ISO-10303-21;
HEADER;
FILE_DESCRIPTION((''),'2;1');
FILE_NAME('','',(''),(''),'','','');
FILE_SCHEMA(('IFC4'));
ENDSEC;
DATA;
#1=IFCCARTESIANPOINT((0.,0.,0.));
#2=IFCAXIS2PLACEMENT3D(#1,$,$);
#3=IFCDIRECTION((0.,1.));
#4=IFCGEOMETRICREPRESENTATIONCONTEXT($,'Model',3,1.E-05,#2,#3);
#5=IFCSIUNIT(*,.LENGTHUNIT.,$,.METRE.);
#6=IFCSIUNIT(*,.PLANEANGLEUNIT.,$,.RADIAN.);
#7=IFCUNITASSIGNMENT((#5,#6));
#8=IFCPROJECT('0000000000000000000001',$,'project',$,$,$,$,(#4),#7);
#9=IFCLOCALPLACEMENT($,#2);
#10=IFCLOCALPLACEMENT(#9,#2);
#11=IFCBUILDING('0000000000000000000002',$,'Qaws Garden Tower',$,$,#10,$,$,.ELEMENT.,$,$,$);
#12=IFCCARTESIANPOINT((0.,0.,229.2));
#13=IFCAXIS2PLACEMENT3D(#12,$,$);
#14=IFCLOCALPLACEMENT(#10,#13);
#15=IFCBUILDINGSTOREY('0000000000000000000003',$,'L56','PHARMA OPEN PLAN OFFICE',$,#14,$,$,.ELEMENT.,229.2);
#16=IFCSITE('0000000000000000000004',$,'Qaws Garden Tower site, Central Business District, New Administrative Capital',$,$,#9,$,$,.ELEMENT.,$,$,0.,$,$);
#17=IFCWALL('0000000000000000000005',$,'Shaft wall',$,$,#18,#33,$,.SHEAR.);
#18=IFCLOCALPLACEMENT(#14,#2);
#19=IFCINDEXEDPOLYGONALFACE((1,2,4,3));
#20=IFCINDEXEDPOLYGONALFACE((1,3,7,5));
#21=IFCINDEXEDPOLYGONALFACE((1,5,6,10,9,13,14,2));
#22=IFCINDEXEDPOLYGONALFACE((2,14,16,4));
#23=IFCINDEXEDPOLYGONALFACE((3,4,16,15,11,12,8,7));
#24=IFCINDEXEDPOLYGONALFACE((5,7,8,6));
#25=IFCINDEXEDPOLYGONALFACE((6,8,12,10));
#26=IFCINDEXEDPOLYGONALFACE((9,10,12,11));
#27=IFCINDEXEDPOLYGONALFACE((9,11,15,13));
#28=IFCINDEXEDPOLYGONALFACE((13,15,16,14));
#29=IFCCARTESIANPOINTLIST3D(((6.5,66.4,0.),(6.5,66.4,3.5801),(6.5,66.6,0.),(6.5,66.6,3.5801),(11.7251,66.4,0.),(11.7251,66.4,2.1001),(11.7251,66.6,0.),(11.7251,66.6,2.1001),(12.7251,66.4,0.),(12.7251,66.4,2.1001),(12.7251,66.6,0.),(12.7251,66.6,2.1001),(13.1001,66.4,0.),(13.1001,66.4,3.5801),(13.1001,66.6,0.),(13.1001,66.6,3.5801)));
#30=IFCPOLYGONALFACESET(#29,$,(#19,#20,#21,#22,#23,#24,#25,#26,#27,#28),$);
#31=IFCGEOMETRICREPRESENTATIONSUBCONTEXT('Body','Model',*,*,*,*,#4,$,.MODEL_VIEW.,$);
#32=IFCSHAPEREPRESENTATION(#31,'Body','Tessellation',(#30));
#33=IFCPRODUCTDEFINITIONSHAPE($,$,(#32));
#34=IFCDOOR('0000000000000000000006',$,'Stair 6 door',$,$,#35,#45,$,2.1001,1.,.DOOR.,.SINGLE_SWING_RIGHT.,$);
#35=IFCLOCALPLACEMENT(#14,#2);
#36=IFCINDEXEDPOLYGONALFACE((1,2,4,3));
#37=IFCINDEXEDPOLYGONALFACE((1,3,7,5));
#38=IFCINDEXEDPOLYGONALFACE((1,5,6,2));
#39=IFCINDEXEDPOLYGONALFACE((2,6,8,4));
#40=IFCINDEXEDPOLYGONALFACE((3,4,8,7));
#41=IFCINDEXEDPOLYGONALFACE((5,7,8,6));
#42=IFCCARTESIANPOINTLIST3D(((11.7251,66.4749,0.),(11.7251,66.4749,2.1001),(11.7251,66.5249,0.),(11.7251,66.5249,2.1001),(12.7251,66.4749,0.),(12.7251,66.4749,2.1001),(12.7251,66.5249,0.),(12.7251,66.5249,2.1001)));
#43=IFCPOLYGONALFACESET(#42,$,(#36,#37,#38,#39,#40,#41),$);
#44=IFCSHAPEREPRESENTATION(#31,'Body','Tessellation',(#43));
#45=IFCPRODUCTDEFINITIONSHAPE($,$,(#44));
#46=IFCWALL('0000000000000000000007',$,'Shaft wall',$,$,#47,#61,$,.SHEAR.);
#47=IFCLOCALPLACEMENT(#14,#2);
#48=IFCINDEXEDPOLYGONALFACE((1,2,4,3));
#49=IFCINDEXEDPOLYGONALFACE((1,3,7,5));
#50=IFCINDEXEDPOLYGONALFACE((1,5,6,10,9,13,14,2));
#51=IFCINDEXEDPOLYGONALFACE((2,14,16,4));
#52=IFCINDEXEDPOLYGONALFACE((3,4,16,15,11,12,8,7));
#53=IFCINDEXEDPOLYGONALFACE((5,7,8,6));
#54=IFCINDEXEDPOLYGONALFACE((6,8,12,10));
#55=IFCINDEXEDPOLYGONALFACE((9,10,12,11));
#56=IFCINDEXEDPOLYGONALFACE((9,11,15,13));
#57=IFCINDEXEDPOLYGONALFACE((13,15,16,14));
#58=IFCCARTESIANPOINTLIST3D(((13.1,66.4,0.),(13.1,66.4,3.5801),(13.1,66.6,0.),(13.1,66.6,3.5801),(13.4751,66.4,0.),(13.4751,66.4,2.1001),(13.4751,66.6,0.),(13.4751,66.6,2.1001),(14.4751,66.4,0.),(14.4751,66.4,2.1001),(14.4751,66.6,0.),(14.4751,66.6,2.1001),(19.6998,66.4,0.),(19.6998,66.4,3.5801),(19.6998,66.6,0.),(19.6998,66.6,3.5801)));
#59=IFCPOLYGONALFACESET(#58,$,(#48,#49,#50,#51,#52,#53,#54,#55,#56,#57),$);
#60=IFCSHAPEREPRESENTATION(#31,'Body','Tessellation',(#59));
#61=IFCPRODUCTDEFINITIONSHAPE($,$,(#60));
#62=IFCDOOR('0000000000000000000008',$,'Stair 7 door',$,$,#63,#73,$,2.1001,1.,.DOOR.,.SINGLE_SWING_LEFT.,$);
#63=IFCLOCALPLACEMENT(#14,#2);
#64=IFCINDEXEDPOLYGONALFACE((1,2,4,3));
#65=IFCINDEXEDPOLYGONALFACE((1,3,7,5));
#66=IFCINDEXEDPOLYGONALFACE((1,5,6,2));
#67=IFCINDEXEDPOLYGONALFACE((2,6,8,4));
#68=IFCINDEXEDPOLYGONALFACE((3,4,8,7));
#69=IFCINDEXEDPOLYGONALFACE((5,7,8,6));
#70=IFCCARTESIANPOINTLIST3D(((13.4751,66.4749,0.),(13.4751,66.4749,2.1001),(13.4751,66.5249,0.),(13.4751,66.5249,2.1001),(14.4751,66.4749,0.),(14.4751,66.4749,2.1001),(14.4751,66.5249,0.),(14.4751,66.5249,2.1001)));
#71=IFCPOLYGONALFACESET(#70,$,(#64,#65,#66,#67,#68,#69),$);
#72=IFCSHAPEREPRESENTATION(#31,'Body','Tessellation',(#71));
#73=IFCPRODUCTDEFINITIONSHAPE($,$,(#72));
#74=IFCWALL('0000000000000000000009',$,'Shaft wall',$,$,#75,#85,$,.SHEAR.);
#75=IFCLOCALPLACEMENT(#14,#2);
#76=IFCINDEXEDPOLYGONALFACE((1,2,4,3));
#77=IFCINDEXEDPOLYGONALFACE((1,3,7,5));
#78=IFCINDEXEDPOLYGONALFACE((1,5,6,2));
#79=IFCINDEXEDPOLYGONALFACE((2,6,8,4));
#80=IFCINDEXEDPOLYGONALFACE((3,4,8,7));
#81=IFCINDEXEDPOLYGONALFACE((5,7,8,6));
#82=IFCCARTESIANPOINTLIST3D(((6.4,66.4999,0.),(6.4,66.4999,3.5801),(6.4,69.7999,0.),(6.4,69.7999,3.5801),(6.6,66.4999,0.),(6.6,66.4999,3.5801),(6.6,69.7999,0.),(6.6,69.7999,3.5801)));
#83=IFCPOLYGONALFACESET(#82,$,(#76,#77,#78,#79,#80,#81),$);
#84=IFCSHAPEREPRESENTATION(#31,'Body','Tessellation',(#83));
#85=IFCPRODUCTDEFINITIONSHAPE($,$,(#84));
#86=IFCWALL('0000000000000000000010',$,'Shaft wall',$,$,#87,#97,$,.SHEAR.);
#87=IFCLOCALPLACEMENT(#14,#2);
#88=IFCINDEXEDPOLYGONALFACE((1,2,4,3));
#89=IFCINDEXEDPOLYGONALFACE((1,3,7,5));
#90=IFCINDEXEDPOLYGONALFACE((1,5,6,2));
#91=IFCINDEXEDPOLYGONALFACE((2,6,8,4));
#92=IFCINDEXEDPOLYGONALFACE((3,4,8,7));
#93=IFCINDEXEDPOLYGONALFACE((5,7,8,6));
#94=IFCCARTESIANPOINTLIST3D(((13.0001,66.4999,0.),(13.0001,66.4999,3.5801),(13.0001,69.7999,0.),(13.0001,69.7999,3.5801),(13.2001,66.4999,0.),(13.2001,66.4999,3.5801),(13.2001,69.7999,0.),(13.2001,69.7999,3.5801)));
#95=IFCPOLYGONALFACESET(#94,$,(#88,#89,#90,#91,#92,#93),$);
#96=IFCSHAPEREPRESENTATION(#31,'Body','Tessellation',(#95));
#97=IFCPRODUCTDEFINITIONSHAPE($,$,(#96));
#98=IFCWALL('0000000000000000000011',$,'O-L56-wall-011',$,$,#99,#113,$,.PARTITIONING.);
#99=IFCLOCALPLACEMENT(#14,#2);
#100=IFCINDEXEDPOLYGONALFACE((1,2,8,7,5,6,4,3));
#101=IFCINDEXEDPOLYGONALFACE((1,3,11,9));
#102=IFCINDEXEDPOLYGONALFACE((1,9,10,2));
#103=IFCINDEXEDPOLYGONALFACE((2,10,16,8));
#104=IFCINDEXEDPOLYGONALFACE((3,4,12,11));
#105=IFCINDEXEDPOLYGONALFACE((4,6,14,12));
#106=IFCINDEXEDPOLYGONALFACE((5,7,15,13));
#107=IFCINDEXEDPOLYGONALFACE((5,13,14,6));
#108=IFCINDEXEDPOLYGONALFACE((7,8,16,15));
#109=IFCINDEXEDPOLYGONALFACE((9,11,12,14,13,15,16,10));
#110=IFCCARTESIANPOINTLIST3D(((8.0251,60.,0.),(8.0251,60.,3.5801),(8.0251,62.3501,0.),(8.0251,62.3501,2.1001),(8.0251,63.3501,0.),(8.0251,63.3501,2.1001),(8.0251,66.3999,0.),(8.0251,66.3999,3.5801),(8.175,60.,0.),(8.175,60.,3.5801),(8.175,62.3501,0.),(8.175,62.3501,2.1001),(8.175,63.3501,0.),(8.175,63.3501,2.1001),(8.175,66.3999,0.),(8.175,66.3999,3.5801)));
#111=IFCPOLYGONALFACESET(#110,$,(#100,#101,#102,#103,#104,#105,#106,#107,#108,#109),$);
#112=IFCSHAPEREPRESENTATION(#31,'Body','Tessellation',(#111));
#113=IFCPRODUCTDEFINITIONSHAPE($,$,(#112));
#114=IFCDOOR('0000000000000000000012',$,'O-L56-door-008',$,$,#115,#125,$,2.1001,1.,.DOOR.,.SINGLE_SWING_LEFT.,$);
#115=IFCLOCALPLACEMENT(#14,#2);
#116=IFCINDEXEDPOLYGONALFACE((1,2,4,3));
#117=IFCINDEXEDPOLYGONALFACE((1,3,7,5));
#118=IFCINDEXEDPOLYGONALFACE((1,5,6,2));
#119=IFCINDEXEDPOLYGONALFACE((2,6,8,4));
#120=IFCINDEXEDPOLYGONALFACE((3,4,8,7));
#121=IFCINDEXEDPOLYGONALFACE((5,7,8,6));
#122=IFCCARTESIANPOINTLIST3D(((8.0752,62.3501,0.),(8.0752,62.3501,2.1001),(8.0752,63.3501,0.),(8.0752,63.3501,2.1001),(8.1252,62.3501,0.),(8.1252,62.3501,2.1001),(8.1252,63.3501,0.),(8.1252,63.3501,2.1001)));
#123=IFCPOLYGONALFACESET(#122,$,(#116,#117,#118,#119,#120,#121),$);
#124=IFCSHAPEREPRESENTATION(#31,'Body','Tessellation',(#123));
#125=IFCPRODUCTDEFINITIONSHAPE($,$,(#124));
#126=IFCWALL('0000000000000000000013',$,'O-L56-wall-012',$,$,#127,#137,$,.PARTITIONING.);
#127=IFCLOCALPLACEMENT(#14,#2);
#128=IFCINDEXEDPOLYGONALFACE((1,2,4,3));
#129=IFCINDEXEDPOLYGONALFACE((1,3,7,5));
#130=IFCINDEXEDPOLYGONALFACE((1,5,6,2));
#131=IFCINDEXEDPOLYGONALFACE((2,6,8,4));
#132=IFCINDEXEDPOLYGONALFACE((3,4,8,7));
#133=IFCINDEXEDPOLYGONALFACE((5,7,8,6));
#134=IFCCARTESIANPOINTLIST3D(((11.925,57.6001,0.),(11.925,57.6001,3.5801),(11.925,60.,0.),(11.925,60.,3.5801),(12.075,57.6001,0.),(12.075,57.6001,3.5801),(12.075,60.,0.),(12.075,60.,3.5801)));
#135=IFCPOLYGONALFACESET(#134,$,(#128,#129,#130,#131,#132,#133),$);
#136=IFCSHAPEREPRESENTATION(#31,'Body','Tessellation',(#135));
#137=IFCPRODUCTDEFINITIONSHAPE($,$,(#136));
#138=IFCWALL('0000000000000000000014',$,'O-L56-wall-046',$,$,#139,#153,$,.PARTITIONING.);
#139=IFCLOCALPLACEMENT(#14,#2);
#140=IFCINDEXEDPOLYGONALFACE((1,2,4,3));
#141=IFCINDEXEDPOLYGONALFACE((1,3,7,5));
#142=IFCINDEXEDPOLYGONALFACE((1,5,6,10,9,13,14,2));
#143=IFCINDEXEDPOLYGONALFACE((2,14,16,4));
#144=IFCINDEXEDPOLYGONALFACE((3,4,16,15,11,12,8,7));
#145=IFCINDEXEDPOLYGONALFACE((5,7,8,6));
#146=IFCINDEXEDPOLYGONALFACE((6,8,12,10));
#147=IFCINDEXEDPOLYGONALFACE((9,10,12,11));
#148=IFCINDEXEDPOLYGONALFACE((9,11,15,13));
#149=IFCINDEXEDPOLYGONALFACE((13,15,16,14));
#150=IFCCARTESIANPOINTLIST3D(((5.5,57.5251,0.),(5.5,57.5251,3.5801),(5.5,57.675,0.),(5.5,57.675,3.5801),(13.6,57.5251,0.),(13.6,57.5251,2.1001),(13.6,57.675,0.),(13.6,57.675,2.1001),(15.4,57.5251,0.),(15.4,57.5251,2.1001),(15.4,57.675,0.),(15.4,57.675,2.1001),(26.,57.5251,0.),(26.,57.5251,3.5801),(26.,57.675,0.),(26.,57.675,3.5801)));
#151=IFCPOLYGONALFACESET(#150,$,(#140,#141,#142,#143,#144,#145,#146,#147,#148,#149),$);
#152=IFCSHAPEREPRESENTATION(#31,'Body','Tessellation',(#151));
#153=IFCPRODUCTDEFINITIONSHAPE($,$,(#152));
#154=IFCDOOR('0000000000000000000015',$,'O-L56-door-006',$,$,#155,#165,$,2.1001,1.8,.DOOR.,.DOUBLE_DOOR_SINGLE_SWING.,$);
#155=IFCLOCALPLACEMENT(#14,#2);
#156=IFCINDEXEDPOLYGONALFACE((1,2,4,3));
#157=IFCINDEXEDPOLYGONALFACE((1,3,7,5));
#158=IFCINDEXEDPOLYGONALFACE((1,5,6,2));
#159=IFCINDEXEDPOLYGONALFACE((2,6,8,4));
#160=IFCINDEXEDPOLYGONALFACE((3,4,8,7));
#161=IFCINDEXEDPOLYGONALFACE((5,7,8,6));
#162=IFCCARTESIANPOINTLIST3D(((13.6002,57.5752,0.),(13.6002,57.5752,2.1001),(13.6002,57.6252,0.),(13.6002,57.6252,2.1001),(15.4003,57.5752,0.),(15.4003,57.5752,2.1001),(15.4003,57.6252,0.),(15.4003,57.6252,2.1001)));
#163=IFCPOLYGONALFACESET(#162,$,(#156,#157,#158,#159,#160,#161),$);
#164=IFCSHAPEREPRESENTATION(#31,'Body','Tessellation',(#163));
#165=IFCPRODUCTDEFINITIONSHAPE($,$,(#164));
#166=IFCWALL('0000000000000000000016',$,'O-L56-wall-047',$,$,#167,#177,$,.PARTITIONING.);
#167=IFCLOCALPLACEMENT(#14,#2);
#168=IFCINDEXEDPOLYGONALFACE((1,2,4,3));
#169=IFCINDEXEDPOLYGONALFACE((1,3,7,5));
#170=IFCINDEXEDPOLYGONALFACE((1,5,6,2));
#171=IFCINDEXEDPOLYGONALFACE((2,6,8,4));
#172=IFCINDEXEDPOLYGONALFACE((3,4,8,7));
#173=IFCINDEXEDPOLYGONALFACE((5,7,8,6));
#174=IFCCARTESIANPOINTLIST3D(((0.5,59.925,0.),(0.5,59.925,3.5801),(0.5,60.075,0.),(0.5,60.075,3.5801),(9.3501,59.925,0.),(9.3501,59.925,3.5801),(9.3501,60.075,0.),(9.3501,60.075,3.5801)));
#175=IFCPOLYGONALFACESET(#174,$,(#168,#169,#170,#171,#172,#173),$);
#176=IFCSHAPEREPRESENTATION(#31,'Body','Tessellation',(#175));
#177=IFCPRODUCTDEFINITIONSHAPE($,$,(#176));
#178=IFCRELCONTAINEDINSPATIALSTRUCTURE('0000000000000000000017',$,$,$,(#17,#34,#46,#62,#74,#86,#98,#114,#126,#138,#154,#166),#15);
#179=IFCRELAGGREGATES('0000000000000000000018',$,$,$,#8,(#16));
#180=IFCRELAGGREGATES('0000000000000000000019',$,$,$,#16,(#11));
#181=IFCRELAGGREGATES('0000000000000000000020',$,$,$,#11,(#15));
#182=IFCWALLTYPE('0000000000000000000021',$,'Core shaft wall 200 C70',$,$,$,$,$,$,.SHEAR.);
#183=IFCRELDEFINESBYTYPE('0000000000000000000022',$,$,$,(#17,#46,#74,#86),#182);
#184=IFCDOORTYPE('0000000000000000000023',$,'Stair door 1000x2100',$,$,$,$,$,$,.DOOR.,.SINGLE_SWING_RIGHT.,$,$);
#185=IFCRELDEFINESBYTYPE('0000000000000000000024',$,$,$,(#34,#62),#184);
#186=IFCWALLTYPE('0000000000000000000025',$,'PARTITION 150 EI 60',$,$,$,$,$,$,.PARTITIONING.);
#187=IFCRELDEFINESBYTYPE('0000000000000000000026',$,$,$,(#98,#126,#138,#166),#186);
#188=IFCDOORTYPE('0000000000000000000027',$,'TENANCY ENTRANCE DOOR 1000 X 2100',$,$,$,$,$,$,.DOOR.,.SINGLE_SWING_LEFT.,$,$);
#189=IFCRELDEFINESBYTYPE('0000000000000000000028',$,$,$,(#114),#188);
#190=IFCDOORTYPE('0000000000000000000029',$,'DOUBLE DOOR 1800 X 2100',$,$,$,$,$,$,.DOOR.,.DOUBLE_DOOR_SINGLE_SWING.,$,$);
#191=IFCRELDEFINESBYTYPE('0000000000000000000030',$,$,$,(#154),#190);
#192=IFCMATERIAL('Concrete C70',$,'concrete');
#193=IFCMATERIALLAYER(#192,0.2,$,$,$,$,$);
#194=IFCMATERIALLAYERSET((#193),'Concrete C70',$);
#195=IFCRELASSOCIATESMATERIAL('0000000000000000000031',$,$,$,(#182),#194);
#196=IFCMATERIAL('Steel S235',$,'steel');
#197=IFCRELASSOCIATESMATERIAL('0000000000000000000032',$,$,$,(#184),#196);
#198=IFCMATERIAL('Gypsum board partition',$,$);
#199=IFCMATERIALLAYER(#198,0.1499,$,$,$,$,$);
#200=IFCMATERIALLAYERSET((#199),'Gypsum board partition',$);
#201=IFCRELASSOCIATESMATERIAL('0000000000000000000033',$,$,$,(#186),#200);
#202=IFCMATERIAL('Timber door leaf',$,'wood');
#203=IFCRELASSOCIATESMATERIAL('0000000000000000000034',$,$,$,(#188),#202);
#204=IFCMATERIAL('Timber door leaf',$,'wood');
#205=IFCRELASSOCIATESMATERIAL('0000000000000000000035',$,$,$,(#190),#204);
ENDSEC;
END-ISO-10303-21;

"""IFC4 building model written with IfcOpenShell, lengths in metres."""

from ifc_helpers import new_model, si_unit, direction, frame, frame_2d, origin, place, context, subcontext, project, spatial, rectangle, extrude, material, layer, layer_set, type_object, element, fill, save


model = new_model("IFC4")

# Units and contexts
model_context = context("Model", 3, precision=1e-05, world=origin(), true_north=direction((0.0, 1.0)))
body_context = subcontext(model_context, "Body", "Model", "MODEL_VIEW")
ifc_project = project(units=[si_unit("LENGTHUNIT", "METRE"), si_unit("PLANEANGLEUNIT", "RADIAN")], contexts=[model_context])

# Site, building, storey
site_placement = place(None, origin())
site = spatial("IfcSite", under=ifc_project, at=site_placement, Name="Qaws Garden Tower site, Central Business District, New Administrative Capital", CompositionType="ELEMENT", RefElevation=0.0)
building_placement = place(site_placement, origin())
building = spatial("IfcBuilding", under=site, at=building_placement, Name="Qaws Garden Tower", CompositionType="ELEMENT")
storey_placement = place(building_placement, frame((0.0, 0.0, 229.2)))
storey = spatial("IfcBuildingStorey", under=building, at=storey_placement, Name="L56", Description="PHARMA OPEN PLAN OFFICE", CompositionType="ELEMENT", Elevation=229.2)

# Walls, openings, doors
ifc_material_1 = material(Name="Concrete C70", Category="concrete")
ifc_layer_1 = layer(ifc_material_1, 0.2)
ifc_layer_set_1 = layer_set([ifc_layer_1], Name="Concrete C70")
wall_type_1 = type_object("IfcWallType", Name="Core shaft wall 200 C70", PredefinedType="SHEAR", material=ifc_layer_set_1)
wall_1_placement = place(storey_placement, frame((6.5, 66.5, 0.0), z_axis=(0.0, 0.0, 1.0), x_axis=(1.0, 0.0, 0.0)))
wall_1 = element("IfcWall", 1, at=wall_1_placement, inside=storey, type_object=wall_type_1, Name="Shaft wall", PredefinedType="SHEAR", context=body_context, shape_type="SweptSolid", body=[
    extrude(rectangle(XDim=6.6001, YDim=0.2, at=frame_2d((3.3, 0.0))), origin(), (0.0, 0.0, 1.0), 3.5801),
])
opening_1_placement = place(wall_1_placement, frame((5.2251, 0.0, 0.0)))
opening_1 = element("IfcOpeningElement", 2, at=opening_1_placement, cuts=wall_1, PredefinedType="OPENING", context=body_context, shape_type="SweptSolid", body=[
    extrude(rectangle(XDim=1.0, YDim=2.1001, at=frame_2d((0.5, 1.05))), frame((0.0, 0.1099, 0.0), z_axis=(0.0, -1.0, 0.0), x_axis=(1.0, 0.0, 0.0)), (0.0, 0.0, 1.0), 0.22),
])
ifc_material_2 = material(Name="Steel S235", Category="steel")
door_type_1 = type_object("IfcDoorType", Name="Stair door 1000x2100", OperationType="SINGLE_SWING_RIGHT", PredefinedType="DOOR", material=ifc_material_2)
door_1_placement = place(opening_1_placement, origin())
door_1 = element("IfcDoor", 3, at=door_1_placement, inside=storey, type_object=door_type_1, Name="Stair 6 door", OperationType="SINGLE_SWING_RIGHT", OverallHeight=2.1001, OverallWidth=1.0, PredefinedType="DOOR", context=body_context, shape_type="SweptSolid", body=[
    extrude(rectangle(XDim=1.0, YDim=2.1001, at=frame_2d((0.5, 1.05))), frame((0.0, 0.0249, 0.0), z_axis=(0.0, -1.0, 0.0), x_axis=(1.0, 0.0, 0.0)), (0.0, 0.0, 1.0), 0.05),
])
fill(opening_1, door_1)
wall_2_placement = place(storey_placement, frame((13.1001, 66.5, 0.0), z_axis=(0.0, 0.0, 1.0), x_axis=(1.0, 0.0, 0.0)))
wall_2 = element("IfcWall", 4, at=wall_2_placement, inside=storey, type_object=wall_type_1, Name="Shaft wall", PredefinedType="SHEAR", context=body_context, shape_type="SweptSolid", body=[
    extrude(rectangle(XDim=6.5999, YDim=0.2, at=frame_2d((3.2998, 0.0))), origin(), (0.0, 0.0, 1.0), 3.5801),
])
opening_2_placement = place(wall_2_placement, frame((0.375, 0.0, 0.0)))
opening_2 = element("IfcOpeningElement", 5, at=opening_2_placement, cuts=wall_2, PredefinedType="OPENING", context=body_context, shape_type="SweptSolid", body=[
    extrude(rectangle(XDim=1.0, YDim=2.1001, at=frame_2d((0.5, 1.05))), frame((0.0, 0.1099, 0.0), z_axis=(0.0, -1.0, 0.0), x_axis=(1.0, 0.0, 0.0)), (0.0, 0.0, 1.0), 0.22),
])
door_2_placement = place(opening_2_placement, origin())
door_2 = element("IfcDoor", 6, at=door_2_placement, inside=storey, type_object=door_type_1, Name="Stair 7 door", OperationType="SINGLE_SWING_LEFT", OverallHeight=2.1001, OverallWidth=1.0, PredefinedType="DOOR", context=body_context, shape_type="SweptSolid", body=[
    extrude(rectangle(XDim=1.0, YDim=2.1001, at=frame_2d((0.5, 1.05))), frame((0.0, 0.0249, 0.0), z_axis=(0.0, -1.0, 0.0), x_axis=(1.0, 0.0, 0.0)), (0.0, 0.0, 1.0), 0.05),
])
fill(opening_2, door_2)

# Walls
for number, where, z_axis, x_axis, name in (
    (7, (6.5, 66.5, 0.0), (0.0, 0.0, 1.0), (0.0, 1.0, 0.0), "Shaft wall"),
    (8, (13.1001, 66.5, 0.0), (0.0, 0.0, 1.0), (0.0, 1.0, 0.0), "Shaft wall"),
):
    element("IfcWall", number, at=place(storey_placement, frame(where, z_axis=z_axis, x_axis=x_axis)), inside=storey, type_object=wall_type_1, Name=name, PredefinedType="SHEAR", context=body_context, shape_type="SweptSolid", body=[
        extrude(rectangle(XDim=3.3, YDim=0.2, at=frame_2d((1.6499, 0.0))), origin(), (0.0, 0.0, 1.0), 3.5801),
    ])

# Wall, opening, door
ifc_material_3 = material(Name="Gypsum board partition")
ifc_layer_2 = layer(ifc_material_3, 0.1499)
ifc_layer_set_2 = layer_set([ifc_layer_2], Name="Gypsum board partition")
wall_type_2 = type_object("IfcWallType", Name="PARTITION 150 EI 60", PredefinedType="PARTITIONING", material=ifc_layer_set_2)
wall_3_placement = place(storey_placement, frame((8.1001, 60.0, 0.0), z_axis=(0.0, 0.0, 1.0), x_axis=(0.0, 1.0, 0.0)))
wall_3 = element("IfcWall", 9, at=wall_3_placement, inside=storey, type_object=wall_type_2, Name="O-L56-wall-011", PredefinedType="PARTITIONING", context=body_context, shape_type="SweptSolid", body=[
    extrude(rectangle(XDim=6.3999, YDim=0.1499, at=frame_2d((3.2, 0.0))), origin(), (0.0, 0.0, 1.0), 3.5801),
])
opening_3_placement = place(wall_3_placement, frame((2.3501, 0.0, 0.0)))
opening_3 = element("IfcOpeningElement", 10, at=opening_3_placement, cuts=wall_3, PredefinedType="OPENING", context=body_context, shape_type="SweptSolid", body=[
    extrude(rectangle(XDim=1.0, YDim=2.1001, at=frame_2d((0.5, 1.05))), frame((0.0, 0.085, 0.0), z_axis=(0.0, -1.0, 0.0), x_axis=(1.0, 0.0, 0.0)), (0.0, 0.0, 1.0), 0.1699),
])
ifc_material_4 = material(Name="Timber door leaf", Category="wood")
door_type_2 = type_object("IfcDoorType", Name="TENANCY ENTRANCE DOOR 1000 X 2100", OperationType="SINGLE_SWING_LEFT", PredefinedType="DOOR", material=ifc_material_4)
door_3_placement = place(opening_3_placement, origin())
door_3 = element("IfcDoor", 11, at=door_3_placement, inside=storey, type_object=door_type_2, Name="O-L56-door-008", OperationType="SINGLE_SWING_LEFT", OverallHeight=2.1001, OverallWidth=1.0, PredefinedType="DOOR", context=body_context, shape_type="SweptSolid", body=[
    extrude(rectangle(XDim=1.0, YDim=2.1001, at=frame_2d((0.5, 1.05))), frame((0.0, 0.0249, 0.0), z_axis=(0.0, -1.0, 0.0), x_axis=(1.0, 0.0, 0.0)), (0.0, 0.0, 1.0), 0.05),
])
fill(opening_3, door_3)

# Wall
wall_4_placement = place(storey_placement, frame((12.0, 57.6001, 0.0), z_axis=(0.0, 0.0, 1.0), x_axis=(0.0, 1.0, 0.0)))
element("IfcWall", 12, at=wall_4_placement, inside=storey, type_object=wall_type_2, Name="O-L56-wall-012", PredefinedType="PARTITIONING", context=body_context, shape_type="SweptSolid", body=[
    extrude(rectangle(XDim=2.3999, YDim=0.1499, at=frame_2d((1.2, 0.0))), origin(), (0.0, 0.0, 1.0), 3.5801),
])

# Wall, opening, door
wall_5_placement = place(storey_placement, frame((5.5, 57.6001, 0.0), z_axis=(0.0, 0.0, 1.0), x_axis=(1.0, 0.0, 0.0)))
wall_5 = element("IfcWall", 13, at=wall_5_placement, inside=storey, type_object=wall_type_2, Name="O-L56-wall-046", PredefinedType="PARTITIONING", context=body_context, shape_type="SweptSolid", body=[
    extrude(rectangle(XDim=20.5, YDim=0.1499, at=frame_2d((10.25, 0.0))), origin(), (0.0, 0.0, 1.0), 3.5801),
])
opening_4_placement = place(wall_5_placement, frame((8.1001, 0.0, 0.0)))
opening_4 = element("IfcOpeningElement", 14, at=opening_4_placement, cuts=wall_5, PredefinedType="OPENING", context=body_context, shape_type="SweptSolid", body=[
    extrude(rectangle(XDim=1.8, YDim=2.1001, at=frame_2d((0.8999, 1.05))), frame((0.0, 0.085, 0.0), z_axis=(0.0, -1.0, 0.0), x_axis=(1.0, 0.0, 0.0)), (0.0, 0.0, 1.0), 0.1699),
])
ifc_material_5 = material(Name="Timber door leaf", Category="wood")
door_type_3 = type_object("IfcDoorType", Name="DOUBLE DOOR 1800 X 2100", OperationType="DOUBLE_DOOR_SINGLE_SWING", PredefinedType="DOOR", material=ifc_material_5)
door_4_placement = place(opening_4_placement, frame((1.8, 0.0, 0.0), z_axis=(0.0, 0.0, 1.0), x_axis=(-1.0, 0.0, 0.0)))
door_4 = element("IfcDoor", 15, at=door_4_placement, inside=storey, type_object=door_type_3, Name="O-L56-door-006", OperationType="DOUBLE_DOOR_SINGLE_SWING", OverallHeight=2.1001, OverallWidth=1.8, PredefinedType="DOOR", context=body_context, shape_type="SweptSolid", body=[
    extrude(rectangle(XDim=1.8, YDim=2.1001, at=frame_2d((0.8999, 1.05))), frame((0.0, 0.0249, 0.0), z_axis=(0.0, -1.0, 0.0), x_axis=(1.0, 0.0, 0.0)), (0.0, 0.0, 1.0), 0.05),
])
fill(opening_4, door_4)

# Wall
wall_6_placement = place(storey_placement, frame((0.5, 60.0, 0.0), z_axis=(0.0, 0.0, 1.0), x_axis=(1.0, 0.0, 0.0)))
element("IfcWall", 16, at=wall_6_placement, inside=storey, type_object=wall_type_2, Name="O-L56-wall-047", PredefinedType="PARTITIONING", context=body_context, shape_type="SweptSolid", body=[
    extrude(rectangle(XDim=8.8501, YDim=0.1499, at=frame_2d((4.425, 0.0))), origin(), (0.0, 0.0, 1.0), 3.5801),
])

save(model, "model.ifc")
